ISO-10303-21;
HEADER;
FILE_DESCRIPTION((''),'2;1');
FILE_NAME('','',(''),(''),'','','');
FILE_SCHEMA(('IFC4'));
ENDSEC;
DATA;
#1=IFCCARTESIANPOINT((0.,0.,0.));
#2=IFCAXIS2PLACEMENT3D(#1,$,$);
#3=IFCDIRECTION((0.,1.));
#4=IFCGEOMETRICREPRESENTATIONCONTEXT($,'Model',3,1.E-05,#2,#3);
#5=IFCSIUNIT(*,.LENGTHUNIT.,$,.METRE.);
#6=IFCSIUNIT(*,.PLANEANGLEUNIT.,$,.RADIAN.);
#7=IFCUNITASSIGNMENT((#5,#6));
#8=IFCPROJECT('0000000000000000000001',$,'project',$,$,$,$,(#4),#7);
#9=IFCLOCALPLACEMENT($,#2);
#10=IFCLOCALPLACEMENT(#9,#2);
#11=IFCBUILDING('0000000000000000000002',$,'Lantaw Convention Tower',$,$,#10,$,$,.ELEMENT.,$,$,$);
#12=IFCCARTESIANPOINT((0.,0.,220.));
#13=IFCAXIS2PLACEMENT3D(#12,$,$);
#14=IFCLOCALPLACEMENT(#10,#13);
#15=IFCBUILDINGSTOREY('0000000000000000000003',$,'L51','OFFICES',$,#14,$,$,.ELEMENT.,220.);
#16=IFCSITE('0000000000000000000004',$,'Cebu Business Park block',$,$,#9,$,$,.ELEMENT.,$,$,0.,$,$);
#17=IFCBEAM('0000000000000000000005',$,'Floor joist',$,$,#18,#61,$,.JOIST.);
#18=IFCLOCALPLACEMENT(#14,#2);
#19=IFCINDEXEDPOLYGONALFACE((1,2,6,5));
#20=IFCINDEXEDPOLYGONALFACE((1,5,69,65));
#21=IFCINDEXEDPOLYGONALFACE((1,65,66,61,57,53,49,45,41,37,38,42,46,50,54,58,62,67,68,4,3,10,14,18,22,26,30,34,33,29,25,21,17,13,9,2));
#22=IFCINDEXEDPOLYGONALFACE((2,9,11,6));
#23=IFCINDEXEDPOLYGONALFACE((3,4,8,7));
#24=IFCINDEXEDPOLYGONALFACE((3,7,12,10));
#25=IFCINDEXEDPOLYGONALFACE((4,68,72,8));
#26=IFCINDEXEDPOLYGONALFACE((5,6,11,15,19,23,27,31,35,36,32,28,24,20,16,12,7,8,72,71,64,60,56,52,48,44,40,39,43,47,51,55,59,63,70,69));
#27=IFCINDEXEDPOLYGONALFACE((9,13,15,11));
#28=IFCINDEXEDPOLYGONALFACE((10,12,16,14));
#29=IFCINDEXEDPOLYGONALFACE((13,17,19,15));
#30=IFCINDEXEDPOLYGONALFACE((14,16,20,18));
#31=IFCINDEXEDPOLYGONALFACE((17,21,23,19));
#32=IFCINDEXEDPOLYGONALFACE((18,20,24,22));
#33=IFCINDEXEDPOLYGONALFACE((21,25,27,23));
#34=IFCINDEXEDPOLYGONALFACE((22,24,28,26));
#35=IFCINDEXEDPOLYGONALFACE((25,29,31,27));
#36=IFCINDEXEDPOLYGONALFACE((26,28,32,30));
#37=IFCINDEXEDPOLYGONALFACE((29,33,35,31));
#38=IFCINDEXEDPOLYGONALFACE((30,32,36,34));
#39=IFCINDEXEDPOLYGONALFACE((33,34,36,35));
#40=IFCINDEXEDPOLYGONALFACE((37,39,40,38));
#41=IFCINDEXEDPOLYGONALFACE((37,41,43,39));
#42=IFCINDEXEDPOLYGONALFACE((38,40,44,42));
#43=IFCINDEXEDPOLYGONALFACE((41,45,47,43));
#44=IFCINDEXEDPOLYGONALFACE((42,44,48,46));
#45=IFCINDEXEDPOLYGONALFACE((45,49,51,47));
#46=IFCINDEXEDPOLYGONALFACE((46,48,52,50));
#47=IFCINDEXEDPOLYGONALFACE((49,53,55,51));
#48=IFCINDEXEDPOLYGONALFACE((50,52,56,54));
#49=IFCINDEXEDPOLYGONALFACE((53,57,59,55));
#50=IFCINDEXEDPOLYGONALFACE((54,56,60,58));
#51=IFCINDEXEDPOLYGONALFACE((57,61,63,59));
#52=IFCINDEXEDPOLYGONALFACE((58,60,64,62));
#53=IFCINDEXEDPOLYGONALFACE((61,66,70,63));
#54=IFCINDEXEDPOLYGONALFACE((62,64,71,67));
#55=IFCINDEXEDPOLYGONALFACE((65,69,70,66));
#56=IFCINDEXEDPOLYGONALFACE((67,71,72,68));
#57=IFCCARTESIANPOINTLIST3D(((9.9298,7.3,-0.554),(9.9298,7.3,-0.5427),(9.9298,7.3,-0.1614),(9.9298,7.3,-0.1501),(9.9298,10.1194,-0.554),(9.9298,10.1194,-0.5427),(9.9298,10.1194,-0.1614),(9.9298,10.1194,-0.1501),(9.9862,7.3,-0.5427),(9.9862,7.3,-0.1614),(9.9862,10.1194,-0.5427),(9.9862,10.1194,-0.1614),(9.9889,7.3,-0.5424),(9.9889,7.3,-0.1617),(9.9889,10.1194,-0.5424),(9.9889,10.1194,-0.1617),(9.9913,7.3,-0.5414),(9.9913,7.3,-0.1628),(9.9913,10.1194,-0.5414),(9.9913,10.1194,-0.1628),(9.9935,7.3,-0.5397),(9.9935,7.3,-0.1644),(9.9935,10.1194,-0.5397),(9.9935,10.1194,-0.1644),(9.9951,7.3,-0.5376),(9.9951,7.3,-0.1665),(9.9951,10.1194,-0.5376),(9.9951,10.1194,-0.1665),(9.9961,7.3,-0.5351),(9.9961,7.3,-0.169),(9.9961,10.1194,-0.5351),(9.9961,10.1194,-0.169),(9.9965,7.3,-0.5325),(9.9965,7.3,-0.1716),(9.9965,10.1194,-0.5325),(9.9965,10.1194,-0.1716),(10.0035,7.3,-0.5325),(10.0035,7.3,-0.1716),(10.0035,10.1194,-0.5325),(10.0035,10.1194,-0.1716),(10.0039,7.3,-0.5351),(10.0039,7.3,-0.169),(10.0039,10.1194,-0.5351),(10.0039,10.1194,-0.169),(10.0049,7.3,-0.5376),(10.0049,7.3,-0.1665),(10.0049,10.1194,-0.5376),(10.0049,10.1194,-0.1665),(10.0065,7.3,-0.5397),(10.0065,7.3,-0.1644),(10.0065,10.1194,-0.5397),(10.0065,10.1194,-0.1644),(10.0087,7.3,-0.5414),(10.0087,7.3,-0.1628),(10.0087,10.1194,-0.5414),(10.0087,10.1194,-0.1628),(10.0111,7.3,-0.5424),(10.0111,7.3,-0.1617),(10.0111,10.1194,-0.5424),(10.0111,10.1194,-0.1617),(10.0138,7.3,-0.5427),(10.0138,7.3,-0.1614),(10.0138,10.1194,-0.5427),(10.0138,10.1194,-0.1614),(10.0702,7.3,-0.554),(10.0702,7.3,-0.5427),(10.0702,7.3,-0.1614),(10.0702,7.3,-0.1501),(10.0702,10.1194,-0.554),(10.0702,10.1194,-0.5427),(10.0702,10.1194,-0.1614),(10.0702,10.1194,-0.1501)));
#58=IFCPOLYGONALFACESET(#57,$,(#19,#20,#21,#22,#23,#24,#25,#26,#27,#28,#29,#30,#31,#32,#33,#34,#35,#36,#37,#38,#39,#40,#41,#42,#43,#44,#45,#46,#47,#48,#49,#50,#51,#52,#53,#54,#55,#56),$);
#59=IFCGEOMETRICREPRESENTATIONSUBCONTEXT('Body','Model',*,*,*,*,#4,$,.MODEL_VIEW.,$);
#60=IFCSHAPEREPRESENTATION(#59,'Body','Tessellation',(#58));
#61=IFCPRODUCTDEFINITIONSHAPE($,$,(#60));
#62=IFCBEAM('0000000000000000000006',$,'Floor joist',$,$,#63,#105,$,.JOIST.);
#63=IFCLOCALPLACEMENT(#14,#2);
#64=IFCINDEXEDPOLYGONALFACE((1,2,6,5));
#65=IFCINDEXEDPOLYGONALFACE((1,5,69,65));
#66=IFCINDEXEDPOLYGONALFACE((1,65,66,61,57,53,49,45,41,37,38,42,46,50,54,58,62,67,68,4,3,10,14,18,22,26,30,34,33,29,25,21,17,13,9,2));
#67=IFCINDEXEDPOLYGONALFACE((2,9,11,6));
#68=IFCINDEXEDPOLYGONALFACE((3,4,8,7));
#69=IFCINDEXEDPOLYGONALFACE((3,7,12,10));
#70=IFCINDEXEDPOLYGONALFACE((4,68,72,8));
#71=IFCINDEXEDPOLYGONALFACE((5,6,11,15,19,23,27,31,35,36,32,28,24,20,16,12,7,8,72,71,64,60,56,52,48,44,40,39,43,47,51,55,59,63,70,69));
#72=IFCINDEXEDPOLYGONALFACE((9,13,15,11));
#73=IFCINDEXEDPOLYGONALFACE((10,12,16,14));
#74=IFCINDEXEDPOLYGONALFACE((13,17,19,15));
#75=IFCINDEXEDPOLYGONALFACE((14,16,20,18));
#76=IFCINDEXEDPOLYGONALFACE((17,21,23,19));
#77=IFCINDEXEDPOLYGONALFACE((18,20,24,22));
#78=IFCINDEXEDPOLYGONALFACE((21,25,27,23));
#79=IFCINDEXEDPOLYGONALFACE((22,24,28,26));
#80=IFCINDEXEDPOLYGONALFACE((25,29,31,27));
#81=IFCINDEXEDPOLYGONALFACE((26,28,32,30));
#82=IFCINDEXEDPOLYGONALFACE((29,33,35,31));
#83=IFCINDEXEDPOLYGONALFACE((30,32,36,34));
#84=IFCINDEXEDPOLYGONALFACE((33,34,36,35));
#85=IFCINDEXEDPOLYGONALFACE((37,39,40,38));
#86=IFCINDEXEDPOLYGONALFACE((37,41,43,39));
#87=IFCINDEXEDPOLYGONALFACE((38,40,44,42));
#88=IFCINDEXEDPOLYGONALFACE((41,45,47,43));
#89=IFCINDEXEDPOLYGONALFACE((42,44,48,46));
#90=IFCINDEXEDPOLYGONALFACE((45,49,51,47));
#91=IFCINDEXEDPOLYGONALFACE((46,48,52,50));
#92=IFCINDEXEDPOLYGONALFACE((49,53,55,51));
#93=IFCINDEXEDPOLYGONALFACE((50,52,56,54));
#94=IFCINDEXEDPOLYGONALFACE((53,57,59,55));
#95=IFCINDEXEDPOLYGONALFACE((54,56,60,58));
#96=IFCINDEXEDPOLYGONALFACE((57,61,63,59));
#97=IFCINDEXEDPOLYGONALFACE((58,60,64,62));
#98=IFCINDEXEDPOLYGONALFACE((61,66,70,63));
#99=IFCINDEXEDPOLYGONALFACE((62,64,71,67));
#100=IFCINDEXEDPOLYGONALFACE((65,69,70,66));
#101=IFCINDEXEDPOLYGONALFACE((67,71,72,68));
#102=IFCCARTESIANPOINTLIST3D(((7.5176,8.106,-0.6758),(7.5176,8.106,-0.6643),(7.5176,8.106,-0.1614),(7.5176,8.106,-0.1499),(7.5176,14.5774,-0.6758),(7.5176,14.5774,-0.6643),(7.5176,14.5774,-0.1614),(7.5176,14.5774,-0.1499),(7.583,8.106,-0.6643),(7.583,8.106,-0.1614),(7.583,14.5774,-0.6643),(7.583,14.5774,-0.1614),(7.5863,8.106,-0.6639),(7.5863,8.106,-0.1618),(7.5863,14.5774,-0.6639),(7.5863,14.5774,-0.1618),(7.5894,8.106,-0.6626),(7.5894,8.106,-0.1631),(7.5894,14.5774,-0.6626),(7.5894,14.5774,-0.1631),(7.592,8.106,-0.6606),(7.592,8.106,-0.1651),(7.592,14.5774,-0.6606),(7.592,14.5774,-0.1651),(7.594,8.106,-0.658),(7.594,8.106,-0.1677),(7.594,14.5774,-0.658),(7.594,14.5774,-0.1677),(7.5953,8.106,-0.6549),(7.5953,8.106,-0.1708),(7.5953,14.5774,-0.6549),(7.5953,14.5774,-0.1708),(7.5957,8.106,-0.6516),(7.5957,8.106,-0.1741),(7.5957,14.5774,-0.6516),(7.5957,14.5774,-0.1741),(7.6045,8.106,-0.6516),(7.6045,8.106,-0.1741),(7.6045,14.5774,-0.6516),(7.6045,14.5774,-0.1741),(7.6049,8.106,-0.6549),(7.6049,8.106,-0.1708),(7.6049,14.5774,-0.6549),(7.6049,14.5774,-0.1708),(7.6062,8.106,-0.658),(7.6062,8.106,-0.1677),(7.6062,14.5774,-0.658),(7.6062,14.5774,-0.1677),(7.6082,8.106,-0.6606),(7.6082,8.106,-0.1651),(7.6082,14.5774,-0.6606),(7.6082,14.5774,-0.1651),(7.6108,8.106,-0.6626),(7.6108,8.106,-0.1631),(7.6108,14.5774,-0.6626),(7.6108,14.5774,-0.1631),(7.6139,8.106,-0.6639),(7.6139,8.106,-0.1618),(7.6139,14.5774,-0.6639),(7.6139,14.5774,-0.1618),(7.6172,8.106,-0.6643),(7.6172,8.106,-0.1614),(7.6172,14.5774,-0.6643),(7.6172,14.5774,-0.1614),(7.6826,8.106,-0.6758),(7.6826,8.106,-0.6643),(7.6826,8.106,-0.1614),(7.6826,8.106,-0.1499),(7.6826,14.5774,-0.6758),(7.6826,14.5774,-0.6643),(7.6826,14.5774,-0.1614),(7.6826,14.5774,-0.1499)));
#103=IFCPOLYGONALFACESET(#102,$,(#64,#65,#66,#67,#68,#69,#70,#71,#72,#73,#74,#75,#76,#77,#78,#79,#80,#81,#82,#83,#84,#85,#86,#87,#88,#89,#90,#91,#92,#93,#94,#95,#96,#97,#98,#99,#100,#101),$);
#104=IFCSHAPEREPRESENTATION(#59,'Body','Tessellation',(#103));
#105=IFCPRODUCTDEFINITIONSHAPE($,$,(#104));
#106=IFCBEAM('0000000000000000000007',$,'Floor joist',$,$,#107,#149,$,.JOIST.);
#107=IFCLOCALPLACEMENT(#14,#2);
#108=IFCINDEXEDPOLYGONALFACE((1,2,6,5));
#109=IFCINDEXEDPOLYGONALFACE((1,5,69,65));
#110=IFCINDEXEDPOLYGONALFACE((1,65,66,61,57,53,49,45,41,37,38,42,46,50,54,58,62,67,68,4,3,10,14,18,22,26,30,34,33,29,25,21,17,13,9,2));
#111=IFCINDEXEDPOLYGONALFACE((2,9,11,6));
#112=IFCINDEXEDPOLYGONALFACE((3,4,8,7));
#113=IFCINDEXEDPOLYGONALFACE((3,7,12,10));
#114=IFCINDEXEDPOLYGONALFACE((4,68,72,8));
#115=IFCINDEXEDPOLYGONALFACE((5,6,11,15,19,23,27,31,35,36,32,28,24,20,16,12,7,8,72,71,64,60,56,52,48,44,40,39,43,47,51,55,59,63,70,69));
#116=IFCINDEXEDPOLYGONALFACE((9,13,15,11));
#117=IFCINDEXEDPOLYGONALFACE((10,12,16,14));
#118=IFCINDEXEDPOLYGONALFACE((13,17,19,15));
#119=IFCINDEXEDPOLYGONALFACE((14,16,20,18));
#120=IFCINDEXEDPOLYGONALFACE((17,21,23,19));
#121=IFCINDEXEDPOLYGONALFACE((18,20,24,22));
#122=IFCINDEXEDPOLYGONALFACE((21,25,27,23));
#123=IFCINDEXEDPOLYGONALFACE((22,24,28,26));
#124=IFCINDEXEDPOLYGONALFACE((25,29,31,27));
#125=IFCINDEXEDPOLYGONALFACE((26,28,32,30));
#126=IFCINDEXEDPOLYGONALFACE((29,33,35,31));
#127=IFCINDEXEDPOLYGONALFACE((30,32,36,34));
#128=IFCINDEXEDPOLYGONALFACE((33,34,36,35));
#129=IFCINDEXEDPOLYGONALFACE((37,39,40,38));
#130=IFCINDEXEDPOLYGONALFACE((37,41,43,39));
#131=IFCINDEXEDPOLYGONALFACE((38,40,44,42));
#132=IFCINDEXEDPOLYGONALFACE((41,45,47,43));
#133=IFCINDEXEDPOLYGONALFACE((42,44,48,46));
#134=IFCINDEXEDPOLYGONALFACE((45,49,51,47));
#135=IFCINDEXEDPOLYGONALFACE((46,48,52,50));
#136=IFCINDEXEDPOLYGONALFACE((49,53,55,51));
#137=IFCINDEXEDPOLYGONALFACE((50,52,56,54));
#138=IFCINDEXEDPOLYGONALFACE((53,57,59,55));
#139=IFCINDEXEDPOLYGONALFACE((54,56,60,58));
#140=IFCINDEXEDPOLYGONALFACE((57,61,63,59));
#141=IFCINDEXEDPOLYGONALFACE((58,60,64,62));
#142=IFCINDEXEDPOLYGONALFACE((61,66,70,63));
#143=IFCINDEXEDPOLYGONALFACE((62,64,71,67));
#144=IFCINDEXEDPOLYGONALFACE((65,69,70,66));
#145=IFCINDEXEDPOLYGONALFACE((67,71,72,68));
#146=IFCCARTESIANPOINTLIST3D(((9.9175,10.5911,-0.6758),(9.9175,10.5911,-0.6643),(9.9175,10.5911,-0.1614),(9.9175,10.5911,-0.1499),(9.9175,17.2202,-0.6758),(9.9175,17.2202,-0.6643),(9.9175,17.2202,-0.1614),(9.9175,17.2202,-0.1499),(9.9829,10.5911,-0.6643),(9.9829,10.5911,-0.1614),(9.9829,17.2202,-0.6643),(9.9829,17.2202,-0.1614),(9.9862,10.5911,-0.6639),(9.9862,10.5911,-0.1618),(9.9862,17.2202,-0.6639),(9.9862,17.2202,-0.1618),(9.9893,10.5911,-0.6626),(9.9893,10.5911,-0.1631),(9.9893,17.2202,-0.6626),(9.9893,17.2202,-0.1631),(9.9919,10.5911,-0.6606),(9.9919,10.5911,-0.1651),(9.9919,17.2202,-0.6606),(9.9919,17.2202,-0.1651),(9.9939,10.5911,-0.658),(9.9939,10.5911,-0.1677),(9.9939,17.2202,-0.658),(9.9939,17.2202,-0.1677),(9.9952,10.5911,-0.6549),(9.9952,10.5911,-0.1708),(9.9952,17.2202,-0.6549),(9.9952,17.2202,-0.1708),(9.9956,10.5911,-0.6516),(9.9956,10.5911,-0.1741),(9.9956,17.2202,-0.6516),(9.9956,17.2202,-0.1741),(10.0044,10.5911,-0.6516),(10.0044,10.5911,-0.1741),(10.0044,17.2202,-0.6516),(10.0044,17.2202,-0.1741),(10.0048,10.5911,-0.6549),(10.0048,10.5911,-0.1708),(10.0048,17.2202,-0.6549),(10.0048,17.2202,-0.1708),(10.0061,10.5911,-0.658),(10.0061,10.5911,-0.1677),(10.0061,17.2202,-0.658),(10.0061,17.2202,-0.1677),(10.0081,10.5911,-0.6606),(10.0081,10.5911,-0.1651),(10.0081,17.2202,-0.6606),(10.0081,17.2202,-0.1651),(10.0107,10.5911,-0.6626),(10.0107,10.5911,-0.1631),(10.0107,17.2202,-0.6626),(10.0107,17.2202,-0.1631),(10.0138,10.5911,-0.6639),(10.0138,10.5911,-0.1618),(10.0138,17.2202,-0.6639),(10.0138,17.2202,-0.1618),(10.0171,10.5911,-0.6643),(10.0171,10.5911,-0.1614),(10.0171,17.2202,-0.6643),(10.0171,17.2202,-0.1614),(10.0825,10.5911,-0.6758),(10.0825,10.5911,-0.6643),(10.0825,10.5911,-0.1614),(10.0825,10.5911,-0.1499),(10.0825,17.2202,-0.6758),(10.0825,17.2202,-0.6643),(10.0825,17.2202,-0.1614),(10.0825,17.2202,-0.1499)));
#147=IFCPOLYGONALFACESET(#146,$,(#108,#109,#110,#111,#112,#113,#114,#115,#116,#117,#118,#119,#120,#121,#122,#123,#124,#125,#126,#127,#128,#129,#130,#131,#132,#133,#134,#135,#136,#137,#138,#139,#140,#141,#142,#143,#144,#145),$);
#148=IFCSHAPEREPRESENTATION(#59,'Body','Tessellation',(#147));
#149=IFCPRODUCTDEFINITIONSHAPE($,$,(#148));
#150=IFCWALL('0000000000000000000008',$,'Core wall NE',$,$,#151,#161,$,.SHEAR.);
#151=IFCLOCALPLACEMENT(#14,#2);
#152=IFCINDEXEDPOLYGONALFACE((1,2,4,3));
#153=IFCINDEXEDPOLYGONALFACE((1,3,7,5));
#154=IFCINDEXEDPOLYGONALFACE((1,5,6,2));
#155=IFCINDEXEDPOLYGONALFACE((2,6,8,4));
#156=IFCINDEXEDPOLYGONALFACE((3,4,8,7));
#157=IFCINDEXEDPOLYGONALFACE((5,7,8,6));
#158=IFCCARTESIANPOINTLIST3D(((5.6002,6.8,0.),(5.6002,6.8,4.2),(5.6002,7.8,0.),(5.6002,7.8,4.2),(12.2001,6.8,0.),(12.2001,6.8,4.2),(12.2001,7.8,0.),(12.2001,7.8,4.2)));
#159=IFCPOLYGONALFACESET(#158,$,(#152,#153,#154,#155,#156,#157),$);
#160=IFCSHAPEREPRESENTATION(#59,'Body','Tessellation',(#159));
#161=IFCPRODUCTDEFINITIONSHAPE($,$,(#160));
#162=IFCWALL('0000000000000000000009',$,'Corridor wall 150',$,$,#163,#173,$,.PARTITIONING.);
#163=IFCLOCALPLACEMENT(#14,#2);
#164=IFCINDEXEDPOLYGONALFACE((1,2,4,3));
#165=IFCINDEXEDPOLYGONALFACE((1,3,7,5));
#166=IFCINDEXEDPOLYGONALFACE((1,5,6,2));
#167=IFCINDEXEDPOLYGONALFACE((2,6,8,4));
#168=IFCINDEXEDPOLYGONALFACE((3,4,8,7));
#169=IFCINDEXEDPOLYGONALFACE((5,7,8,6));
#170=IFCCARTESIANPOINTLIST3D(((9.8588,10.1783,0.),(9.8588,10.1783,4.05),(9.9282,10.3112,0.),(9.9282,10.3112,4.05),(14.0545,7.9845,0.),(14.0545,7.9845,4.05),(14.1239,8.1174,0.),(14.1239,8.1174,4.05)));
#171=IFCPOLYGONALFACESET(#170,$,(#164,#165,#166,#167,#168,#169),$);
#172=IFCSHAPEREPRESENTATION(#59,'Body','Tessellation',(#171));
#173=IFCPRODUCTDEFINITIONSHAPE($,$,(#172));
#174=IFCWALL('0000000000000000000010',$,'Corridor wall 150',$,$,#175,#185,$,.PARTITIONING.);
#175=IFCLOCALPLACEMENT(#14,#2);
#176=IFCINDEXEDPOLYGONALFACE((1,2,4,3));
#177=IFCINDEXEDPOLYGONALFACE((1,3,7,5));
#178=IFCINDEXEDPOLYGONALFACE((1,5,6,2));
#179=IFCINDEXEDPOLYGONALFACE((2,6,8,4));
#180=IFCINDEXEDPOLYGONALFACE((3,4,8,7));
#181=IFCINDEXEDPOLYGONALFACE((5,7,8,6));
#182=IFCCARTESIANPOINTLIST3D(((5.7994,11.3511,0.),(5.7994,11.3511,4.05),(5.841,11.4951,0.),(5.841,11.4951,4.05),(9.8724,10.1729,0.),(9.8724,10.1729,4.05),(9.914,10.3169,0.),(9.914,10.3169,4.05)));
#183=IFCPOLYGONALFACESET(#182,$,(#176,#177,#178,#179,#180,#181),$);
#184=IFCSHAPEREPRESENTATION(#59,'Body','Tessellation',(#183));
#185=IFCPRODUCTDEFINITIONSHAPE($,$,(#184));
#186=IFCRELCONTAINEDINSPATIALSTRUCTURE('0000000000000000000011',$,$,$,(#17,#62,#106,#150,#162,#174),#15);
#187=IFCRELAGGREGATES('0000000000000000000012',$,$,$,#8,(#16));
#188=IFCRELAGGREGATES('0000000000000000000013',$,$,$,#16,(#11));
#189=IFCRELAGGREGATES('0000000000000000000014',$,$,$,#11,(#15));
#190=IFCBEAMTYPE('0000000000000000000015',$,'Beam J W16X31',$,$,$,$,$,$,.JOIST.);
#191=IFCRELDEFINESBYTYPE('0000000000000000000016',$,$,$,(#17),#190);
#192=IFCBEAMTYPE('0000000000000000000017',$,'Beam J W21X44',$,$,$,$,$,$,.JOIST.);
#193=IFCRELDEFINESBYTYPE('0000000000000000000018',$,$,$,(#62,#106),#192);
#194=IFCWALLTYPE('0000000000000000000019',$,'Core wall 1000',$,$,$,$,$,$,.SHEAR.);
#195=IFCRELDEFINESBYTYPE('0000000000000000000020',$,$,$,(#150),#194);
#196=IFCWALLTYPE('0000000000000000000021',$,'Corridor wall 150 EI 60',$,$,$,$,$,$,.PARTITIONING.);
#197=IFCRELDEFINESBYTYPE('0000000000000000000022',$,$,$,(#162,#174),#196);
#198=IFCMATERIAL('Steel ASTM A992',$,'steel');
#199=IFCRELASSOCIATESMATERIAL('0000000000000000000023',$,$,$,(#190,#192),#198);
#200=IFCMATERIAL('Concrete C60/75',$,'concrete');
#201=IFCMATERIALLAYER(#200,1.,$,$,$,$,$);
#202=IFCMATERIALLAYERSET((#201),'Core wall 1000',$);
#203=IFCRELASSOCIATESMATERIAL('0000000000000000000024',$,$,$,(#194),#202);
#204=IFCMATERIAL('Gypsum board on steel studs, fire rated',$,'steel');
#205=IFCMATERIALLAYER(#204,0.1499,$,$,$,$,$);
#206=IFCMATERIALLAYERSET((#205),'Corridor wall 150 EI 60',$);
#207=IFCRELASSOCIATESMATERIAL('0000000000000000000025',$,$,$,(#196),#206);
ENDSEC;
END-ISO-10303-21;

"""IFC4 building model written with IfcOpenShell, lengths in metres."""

from ifc_helpers import new_model, si_unit, direction, frame, frame_2d, origin, origin_2d, place, context, subcontext, project, spatial, rectangle, i_section, extrude, material, layer, layer_set, material_profile, profile_set, type_object, element, save


model = new_model("IFC4")

# Units and contexts
model_context = context("Model", 3, precision=1e-05, world=origin(), true_north=direction((0.0, 1.0)))
body_context = subcontext(model_context, "Body", "Model", "MODEL_VIEW")
ifc_project = project(units=[si_unit("LENGTHUNIT", "METRE"), si_unit("PLANEANGLEUNIT", "RADIAN")], contexts=[model_context])

# Site, building, storey
site_placement = place(None, origin())
site = spatial("IfcSite", under=ifc_project, at=site_placement, Name="Cebu Business Park block", CompositionType="ELEMENT", RefElevation=0.0)
building_placement = place(site_placement, origin())
building = spatial("IfcBuilding", under=site, at=building_placement, Name="Lantaw Convention Tower", CompositionType="ELEMENT")
storey_placement = place(building_placement, frame((0.0, 0.0, 220.0)))
storey = spatial("IfcBuildingStorey", under=building, at=storey_placement, Name="L51", Description="OFFICES", CompositionType="ELEMENT", Elevation=220.0)

# Beams
ifc_material_1 = material(Name="Steel ASTM A992", Category="steel")
ifc_material_profile_1 = material_profile(ifc_material_1, i_section(OverallWidth=0.1404, OverallDepth=0.4038, WebThickness=0.0071, FlangeThickness=0.0112, FilletRadius=0.0103, at=origin_2d()), Name="W16X31")
ifc_profile_set_1 = profile_set([ifc_material_profile_1], Name="Steel ASTM A992")
beam_type_1 = type_object("IfcBeamType", Name="Beam J W16X31", PredefinedType="JOIST", material=ifc_profile_set_1)
beam_1_placement = place(storey_placement, frame((10.0, 7.3, -0.3521), z_axis=(0.0, 1.0, 0.0), x_axis=(-1.0, 0.0, 0.0)))
element("IfcBeam", 1, at=beam_1_placement, inside=storey, type_object=beam_type_1, Name="Floor joist", PredefinedType="JOIST", context=body_context, shape_type="SweptSolid", body=[
    extrude(i_section(OverallWidth=0.1404, OverallDepth=0.4038, WebThickness=0.0071, FlangeThickness=0.0112, FilletRadius=0.0103, at=origin_2d()), origin(), (0.0, 0.0, 1.0), 2.8193),
])
ifc_material_profile_2 = material_profile(ifc_material_1, i_section(OverallWidth=0.165, OverallDepth=0.5259, WebThickness=0.0088, FlangeThickness=0.0115, FilletRadius=0.0127, at=origin_2d()), Name="W21X44")
ifc_profile_set_2 = profile_set([ifc_material_profile_2], Name="Steel ASTM A992")
beam_type_2 = type_object("IfcBeamType", Name="Beam J W21X44", PredefinedType="JOIST", material=ifc_profile_set_2)
beam_2_placement = place(storey_placement, frame((7.6001, 8.106, -0.4128), z_axis=(0.0, 1.0, 0.0), x_axis=(-1.0, 0.0, 0.0)))
element("IfcBeam", 2, at=beam_2_placement, inside=storey, type_object=beam_type_2, Name="Floor joist", PredefinedType="JOIST", context=body_context, shape_type="SweptSolid", body=[
    extrude(i_section(OverallWidth=0.165, OverallDepth=0.5259, WebThickness=0.0088, FlangeThickness=0.0115, FilletRadius=0.0127, at=origin_2d()), origin(), (0.0, 0.0, 1.0), 6.4714),
])
beam_3_placement = place(storey_placement, frame((10.0, 10.5911, -0.4128), z_axis=(0.0, 1.0, 0.0), x_axis=(-1.0, 0.0, 0.0)))
element("IfcBeam", 3, at=beam_3_placement, inside=storey, type_object=beam_type_2, Name="Floor joist", PredefinedType="JOIST", context=body_context, shape_type="SweptSolid", body=[
    extrude(i_section(OverallWidth=0.165, OverallDepth=0.5259, WebThickness=0.0088, FlangeThickness=0.0115, FilletRadius=0.0127, at=origin_2d()), origin(), (0.0, 0.0, 1.0), 6.6292),
])

# Walls
ifc_material_2 = material(Name="Concrete C60/75", Category="concrete")
ifc_layer_1 = layer(ifc_material_2, 1.0)
ifc_layer_set_1 = layer_set([ifc_layer_1], Name="Core wall 1000")
wall_type_1 = type_object("IfcWallType", Name="Core wall 1000", PredefinedType="SHEAR", material=ifc_layer_set_1)
wall_1_placement = place(storey_placement, frame((12.2, 7.3, 0.0), z_axis=(0.0, 0.0, 1.0), x_axis=(-1.0, 0.0, 0.0)))
element("IfcWall", 4, at=wall_1_placement, inside=storey, type_object=wall_type_1, Name="Core wall NE", PredefinedType="SHEAR", context=body_context, shape_type="SweptSolid", body=[
    extrude(rectangle(XDim=6.5999, YDim=1.0, at=frame_2d((3.2998, 0.0))), origin(), (0.0, 0.0, 1.0), 4.2),
])
ifc_material_3 = material(Name="Gypsum board on steel studs, fire rated", Category="steel")
ifc_layer_2 = layer(ifc_material_3, 0.1499)
ifc_layer_set_2 = layer_set([ifc_layer_2], Name="Corridor wall 150 EI 60")
wall_type_2 = type_object("IfcWallType", Name="Corridor wall 150 EI 60", PredefinedType="PARTITIONING", material=ifc_layer_set_2)
wall_2_placement = place(storey_placement, frame((14.0891, 8.051, 0.0), z_axis=(0.0, 0.0, 1.0), x_axis=(-0.886174, 0.463352, 0.0)))
element("IfcWall", 5, at=wall_2_placement, inside=storey, type_object=wall_type_2, Name="Corridor wall 150", PredefinedType="PARTITIONING", context=body_context, shape_type="SweptSolid", body=[
    extrude(rectangle(XDim=4.7346, YDim=0.1499, at=frame_2d((2.3672, 0.0))), origin(), (0.0, 0.0, 1.0), 4.05),
])
wall_3_placement = place(storey_placement, frame((9.8933, 10.2449, 0.0), z_axis=(0.0, 0.0, 1.0), x_axis=(-0.960615, 0.277883, 0.0)))
element("IfcWall", 6, at=wall_3_placement, inside=storey, type_object=wall_type_2, Name="Corridor wall 150", PredefinedType="PARTITIONING", context=body_context, shape_type="SweptSolid", body=[
    extrude(rectangle(XDim=4.24, YDim=0.1499, at=frame_2d((2.1201, 0.0))), origin(), (0.0, 0.0, 1.0), 4.05),
])

save(model, "model.ifc")
